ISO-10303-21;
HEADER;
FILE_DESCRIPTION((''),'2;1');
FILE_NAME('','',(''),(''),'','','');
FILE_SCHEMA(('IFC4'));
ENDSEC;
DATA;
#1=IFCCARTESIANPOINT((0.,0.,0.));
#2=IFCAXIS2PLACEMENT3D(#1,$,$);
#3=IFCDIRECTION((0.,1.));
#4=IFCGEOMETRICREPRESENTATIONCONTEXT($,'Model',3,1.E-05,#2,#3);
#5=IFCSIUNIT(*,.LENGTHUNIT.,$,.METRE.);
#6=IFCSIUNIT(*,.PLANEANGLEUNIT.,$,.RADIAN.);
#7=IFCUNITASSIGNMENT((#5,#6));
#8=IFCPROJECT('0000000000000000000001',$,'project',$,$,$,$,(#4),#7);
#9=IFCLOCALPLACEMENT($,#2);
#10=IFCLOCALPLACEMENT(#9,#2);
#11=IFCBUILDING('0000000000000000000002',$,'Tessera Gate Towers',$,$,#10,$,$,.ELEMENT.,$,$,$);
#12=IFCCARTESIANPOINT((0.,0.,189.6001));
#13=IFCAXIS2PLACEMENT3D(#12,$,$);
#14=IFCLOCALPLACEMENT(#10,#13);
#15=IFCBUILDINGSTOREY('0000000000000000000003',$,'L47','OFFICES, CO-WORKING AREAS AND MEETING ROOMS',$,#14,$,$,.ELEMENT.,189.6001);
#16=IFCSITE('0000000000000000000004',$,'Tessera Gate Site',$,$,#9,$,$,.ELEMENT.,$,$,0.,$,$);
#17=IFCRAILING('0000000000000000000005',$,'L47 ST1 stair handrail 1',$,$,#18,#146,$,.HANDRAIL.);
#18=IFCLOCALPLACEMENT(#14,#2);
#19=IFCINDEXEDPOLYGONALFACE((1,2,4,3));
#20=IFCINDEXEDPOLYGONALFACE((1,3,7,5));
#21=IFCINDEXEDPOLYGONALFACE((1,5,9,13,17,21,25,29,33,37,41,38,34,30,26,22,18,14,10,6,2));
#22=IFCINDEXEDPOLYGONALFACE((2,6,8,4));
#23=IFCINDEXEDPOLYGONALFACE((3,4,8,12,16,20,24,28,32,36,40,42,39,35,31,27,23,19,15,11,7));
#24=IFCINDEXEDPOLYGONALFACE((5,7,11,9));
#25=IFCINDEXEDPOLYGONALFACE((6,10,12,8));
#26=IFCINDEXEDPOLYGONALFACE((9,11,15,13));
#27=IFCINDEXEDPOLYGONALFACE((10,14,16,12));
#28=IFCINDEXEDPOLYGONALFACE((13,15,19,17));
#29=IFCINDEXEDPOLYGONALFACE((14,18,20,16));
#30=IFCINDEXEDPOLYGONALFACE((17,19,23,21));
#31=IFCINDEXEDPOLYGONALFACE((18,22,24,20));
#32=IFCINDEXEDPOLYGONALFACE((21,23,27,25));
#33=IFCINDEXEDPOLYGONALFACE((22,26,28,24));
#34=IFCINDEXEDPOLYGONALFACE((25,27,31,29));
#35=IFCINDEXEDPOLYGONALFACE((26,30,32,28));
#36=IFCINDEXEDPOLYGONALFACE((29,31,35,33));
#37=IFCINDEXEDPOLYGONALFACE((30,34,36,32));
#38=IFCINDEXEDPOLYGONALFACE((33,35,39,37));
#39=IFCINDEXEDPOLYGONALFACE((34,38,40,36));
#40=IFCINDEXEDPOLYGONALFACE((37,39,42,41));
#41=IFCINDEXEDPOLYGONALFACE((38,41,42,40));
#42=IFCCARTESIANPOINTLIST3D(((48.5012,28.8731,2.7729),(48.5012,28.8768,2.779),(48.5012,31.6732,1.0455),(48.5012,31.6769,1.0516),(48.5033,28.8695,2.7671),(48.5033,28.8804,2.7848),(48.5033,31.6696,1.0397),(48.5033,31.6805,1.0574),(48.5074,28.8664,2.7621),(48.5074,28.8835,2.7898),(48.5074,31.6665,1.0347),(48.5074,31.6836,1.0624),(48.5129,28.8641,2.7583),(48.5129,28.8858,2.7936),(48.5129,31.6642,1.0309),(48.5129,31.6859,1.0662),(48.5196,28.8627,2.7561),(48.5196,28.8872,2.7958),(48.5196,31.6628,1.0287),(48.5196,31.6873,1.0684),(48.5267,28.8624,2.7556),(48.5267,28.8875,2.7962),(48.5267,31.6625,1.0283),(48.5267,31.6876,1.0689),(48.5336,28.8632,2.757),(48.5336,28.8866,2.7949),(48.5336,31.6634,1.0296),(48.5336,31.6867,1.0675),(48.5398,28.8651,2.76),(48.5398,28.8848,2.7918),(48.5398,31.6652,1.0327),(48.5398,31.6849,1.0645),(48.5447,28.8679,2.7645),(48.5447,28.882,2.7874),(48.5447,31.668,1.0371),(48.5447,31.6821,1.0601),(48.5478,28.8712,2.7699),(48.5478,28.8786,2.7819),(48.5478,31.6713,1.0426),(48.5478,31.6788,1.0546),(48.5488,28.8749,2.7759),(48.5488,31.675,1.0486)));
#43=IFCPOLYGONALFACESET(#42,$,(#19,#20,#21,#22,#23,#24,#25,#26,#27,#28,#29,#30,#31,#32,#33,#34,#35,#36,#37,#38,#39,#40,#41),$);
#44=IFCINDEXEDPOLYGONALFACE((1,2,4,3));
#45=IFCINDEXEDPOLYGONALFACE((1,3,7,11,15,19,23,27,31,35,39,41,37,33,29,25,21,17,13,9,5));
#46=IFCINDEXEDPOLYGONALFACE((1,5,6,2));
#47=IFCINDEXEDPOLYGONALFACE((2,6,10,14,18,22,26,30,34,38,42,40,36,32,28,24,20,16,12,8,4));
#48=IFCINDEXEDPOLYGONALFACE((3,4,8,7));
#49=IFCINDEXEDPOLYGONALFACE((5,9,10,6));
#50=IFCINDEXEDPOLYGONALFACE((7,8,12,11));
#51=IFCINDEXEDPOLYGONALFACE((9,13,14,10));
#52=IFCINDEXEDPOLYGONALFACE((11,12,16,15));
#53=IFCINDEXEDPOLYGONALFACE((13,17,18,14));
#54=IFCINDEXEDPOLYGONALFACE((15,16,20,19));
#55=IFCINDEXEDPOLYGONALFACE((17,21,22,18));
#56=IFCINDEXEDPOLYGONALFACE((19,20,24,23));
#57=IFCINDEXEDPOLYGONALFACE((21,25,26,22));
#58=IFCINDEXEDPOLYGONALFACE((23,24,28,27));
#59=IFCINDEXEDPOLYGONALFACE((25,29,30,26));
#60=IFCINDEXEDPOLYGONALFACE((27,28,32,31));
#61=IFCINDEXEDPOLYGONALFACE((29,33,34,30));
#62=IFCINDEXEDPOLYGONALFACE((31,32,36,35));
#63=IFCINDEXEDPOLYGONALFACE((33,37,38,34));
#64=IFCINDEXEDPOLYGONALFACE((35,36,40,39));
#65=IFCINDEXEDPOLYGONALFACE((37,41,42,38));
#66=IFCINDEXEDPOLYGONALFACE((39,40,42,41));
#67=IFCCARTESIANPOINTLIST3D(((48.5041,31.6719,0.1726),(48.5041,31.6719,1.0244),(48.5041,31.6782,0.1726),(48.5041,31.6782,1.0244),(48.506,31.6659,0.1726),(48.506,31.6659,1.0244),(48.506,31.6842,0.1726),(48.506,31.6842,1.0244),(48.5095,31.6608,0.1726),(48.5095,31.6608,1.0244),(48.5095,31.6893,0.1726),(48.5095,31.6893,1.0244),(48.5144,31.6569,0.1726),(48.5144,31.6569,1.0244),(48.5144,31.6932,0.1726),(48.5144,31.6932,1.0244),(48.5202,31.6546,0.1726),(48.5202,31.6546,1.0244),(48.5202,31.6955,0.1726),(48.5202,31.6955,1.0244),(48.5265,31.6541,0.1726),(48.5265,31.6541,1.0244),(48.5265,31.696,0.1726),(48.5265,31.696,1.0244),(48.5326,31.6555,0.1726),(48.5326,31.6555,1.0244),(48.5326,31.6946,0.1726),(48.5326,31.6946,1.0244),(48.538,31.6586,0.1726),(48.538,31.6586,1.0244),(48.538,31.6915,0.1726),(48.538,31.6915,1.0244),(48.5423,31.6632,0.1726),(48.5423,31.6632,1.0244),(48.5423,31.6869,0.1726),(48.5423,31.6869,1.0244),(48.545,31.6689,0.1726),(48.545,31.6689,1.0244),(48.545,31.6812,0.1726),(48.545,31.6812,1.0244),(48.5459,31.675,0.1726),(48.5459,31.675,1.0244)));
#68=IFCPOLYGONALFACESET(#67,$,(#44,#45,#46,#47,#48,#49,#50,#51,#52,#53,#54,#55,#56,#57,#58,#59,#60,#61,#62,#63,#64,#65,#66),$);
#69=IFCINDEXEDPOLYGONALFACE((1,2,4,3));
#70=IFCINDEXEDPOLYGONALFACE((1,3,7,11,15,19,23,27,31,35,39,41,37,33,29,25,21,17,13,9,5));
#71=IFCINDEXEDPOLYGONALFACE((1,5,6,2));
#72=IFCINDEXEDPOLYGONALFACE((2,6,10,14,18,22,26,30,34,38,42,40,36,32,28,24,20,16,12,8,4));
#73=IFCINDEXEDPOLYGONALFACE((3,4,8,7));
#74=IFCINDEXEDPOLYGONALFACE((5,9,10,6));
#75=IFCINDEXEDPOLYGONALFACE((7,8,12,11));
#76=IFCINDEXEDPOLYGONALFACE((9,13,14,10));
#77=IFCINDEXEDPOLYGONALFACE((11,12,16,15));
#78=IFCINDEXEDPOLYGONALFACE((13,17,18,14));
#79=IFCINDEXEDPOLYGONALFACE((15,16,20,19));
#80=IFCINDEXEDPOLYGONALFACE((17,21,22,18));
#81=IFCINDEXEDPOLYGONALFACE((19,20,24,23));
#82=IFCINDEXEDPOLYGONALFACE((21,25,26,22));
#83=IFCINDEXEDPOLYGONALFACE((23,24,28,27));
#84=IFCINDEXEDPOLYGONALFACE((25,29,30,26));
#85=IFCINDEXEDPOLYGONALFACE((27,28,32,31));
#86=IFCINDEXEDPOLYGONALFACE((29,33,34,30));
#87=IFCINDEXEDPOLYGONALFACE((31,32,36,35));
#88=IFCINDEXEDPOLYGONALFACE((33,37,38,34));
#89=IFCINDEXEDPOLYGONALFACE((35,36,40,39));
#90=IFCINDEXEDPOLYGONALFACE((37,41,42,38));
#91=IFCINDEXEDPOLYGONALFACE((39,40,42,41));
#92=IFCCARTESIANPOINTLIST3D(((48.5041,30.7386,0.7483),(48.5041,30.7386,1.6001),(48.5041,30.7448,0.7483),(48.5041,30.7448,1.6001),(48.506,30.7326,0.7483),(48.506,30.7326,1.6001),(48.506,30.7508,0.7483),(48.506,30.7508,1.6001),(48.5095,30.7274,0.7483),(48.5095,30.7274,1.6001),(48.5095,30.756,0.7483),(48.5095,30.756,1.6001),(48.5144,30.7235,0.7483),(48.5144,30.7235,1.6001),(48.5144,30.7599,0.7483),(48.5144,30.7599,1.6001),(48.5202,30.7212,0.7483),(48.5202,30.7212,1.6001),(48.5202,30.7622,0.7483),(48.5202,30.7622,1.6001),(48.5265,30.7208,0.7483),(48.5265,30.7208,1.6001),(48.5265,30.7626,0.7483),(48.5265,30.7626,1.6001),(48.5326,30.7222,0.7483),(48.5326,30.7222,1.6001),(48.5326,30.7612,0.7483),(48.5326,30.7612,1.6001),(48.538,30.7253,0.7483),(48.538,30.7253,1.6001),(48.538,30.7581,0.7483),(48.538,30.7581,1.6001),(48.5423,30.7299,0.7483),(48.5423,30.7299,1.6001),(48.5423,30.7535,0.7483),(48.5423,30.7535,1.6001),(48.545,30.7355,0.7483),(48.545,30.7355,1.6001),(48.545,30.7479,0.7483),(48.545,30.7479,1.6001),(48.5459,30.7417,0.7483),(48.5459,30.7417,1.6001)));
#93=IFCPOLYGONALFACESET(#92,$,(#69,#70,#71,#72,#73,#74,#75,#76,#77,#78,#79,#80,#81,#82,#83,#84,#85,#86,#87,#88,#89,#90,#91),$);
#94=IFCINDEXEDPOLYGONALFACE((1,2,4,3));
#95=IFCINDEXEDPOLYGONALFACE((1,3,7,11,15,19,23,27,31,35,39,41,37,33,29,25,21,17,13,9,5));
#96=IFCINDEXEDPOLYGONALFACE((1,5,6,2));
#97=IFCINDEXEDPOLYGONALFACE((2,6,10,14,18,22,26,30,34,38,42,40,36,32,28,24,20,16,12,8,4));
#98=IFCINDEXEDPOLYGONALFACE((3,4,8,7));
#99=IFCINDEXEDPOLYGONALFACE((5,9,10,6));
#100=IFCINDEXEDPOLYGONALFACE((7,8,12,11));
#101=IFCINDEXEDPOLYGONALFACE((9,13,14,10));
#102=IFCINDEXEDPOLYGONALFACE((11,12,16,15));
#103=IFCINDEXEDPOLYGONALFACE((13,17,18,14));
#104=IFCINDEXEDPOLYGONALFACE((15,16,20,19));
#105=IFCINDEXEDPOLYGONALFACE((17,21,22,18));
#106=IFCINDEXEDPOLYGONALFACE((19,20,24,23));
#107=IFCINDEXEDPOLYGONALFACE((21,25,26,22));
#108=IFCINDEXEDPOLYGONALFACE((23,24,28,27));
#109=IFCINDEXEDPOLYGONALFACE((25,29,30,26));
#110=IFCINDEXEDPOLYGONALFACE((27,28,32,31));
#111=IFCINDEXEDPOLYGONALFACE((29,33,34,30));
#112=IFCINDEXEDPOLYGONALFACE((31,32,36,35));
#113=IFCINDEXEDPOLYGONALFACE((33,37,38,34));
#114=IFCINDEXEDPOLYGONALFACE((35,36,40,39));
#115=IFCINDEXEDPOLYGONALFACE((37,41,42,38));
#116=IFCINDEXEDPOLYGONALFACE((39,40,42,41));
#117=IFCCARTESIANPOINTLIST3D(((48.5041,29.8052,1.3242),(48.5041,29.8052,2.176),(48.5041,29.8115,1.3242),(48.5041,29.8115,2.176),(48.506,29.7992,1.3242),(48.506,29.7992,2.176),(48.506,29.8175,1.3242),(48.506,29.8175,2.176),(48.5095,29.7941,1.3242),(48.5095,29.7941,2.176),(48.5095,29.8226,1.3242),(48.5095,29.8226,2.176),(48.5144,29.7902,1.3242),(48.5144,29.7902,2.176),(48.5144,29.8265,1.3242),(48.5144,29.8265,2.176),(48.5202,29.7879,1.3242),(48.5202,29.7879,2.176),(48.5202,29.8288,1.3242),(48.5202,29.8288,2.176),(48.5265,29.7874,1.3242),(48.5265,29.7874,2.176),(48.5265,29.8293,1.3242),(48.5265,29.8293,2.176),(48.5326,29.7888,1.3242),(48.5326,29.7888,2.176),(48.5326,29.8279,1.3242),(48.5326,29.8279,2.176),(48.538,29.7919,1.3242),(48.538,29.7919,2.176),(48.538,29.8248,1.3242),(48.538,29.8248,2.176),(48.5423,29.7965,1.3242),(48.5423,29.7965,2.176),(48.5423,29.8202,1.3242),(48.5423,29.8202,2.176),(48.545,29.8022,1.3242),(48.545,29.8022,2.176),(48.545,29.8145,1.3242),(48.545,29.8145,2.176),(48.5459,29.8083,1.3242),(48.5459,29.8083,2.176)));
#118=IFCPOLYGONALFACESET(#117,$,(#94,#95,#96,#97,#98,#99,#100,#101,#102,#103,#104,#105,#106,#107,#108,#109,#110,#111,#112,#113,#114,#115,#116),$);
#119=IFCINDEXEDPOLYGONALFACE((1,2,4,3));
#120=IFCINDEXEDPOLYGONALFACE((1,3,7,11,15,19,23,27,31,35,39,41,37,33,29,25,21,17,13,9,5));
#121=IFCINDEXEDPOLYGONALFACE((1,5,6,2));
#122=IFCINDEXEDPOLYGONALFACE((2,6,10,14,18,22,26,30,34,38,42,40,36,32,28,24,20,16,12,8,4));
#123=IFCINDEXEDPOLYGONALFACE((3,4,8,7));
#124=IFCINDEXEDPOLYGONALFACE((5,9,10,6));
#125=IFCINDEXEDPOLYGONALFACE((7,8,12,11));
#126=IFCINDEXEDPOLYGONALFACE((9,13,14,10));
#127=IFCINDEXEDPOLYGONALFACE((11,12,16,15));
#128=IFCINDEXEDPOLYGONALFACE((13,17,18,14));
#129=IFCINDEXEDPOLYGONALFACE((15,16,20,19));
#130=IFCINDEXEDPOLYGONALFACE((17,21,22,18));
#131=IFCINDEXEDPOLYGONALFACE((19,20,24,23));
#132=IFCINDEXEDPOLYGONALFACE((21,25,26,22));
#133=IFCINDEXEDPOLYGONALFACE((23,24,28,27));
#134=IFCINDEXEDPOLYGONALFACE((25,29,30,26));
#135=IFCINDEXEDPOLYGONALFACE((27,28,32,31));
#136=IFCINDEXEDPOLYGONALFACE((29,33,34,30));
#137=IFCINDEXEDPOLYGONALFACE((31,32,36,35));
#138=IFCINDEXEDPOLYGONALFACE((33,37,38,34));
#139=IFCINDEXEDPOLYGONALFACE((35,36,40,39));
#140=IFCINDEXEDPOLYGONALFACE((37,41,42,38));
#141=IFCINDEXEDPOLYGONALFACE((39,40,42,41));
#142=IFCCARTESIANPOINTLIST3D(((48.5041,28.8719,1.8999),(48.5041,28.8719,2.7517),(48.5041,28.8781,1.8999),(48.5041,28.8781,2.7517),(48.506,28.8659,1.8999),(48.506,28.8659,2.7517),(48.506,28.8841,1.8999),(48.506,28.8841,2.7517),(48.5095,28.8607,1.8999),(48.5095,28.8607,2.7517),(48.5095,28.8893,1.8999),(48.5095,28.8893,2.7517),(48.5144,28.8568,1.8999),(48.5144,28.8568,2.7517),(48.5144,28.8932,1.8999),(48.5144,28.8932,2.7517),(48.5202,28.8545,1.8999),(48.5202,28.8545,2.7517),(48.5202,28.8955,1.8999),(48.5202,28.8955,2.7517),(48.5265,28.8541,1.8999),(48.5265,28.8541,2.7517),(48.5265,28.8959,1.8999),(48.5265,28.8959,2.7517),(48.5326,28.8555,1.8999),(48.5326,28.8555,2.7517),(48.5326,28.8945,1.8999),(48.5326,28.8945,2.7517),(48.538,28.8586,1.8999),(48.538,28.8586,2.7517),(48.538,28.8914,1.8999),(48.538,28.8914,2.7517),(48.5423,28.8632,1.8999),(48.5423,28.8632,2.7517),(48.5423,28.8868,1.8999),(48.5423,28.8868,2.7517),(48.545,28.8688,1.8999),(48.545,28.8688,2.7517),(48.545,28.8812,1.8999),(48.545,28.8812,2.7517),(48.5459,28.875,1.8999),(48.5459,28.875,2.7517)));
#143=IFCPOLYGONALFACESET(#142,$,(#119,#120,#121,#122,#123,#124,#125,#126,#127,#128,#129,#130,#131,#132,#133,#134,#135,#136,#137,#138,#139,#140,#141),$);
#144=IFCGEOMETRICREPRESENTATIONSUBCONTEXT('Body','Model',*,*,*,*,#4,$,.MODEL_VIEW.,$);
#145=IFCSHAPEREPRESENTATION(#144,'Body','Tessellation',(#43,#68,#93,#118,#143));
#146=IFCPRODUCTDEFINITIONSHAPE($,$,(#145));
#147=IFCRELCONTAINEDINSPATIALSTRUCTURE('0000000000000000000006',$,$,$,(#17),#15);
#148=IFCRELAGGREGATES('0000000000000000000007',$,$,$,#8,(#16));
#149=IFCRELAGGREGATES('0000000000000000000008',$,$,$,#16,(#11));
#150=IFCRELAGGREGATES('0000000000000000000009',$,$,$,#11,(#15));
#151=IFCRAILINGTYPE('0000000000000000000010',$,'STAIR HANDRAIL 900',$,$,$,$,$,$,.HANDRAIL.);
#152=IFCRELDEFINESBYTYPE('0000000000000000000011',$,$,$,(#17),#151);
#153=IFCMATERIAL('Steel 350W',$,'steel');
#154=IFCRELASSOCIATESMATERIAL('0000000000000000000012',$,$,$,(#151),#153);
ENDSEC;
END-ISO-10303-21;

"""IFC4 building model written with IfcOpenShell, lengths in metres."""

from ifc_helpers import new_model, si_unit, direction, frame, origin, origin_2d, place, context, subcontext, project, spatial, circle, extrude, material, type_object, element, save


model = new_model("IFC4")

# Units and contexts
model_context = context("Model", 3, precision=1e-05, world=origin(), true_north=direction((0.0, 1.0)))
body_context = subcontext(model_context, "Body", "Model", "MODEL_VIEW")
ifc_project = project(units=[si_unit("LENGTHUNIT", "METRE"), si_unit("PLANEANGLEUNIT", "RADIAN")], contexts=[model_context])

# Site, building, storey
site_placement = place(None, origin())
site = spatial("IfcSite", under=ifc_project, at=site_placement, Name="Tessera Gate Site", CompositionType="ELEMENT", RefElevation=0.0)
building_placement = place(site_placement, origin())
building = spatial("IfcBuilding", under=site, at=building_placement, Name="Tessera Gate Towers", CompositionType="ELEMENT")
storey_placement = place(building_placement, frame((0.0, 0.0, 189.6001)))
storey = spatial("IfcBuildingStorey", under=building, at=storey_placement, Name="L47", Description="OFFICES, CO-WORKING AREAS AND MEETING ROOMS", CompositionType="ELEMENT", Elevation=189.6001)

# Railing
ifc_material_1 = material(Name="Steel 350W", Category="steel")
railing_type_1 = type_object("IfcRailingType", Name="STAIR HANDRAIL 900", PredefinedType="HANDRAIL", material=ifc_material_1)
railing_1_placement = place(storey_placement, frame((48.5249, 31.675, 0.1726)))
element("IfcRailing", 1, at=railing_1_placement, inside=storey, type_object=railing_type_1, Name="L47 ST1 stair handrail 1", PredefinedType="HANDRAIL", context=body_context, shape_type="SweptSolid", body=[
    extrude(circle(Radius=0.0239, at=origin_2d()), frame((0.0, 0.0, 0.876), z_axis=(0.0, -0.85109, 0.52502), x_axis=(1.0, 0.0, 0.0)), (0.0, 0.0, 1.0), 3.29),
    extrude(circle(Radius=0.021, at=origin_2d()), origin(), (0.0, 0.0, 1.0), 0.8518),
    extrude(circle(Radius=0.021, at=origin_2d()), frame((0.0, -0.9333, 0.5757)), (0.0, 0.0, 1.0), 0.8518),
    extrude(circle(Radius=0.021, at=origin_2d()), frame((0.0, -1.8667, 1.1516)), (0.0, 0.0, 1.0), 0.8518),
    extrude(circle(Radius=0.021, at=origin_2d()), frame((0.0, -2.8, 1.7273)), (0.0, 0.0, 1.0), 0.8518),
])

save(model, "model.ifc")
